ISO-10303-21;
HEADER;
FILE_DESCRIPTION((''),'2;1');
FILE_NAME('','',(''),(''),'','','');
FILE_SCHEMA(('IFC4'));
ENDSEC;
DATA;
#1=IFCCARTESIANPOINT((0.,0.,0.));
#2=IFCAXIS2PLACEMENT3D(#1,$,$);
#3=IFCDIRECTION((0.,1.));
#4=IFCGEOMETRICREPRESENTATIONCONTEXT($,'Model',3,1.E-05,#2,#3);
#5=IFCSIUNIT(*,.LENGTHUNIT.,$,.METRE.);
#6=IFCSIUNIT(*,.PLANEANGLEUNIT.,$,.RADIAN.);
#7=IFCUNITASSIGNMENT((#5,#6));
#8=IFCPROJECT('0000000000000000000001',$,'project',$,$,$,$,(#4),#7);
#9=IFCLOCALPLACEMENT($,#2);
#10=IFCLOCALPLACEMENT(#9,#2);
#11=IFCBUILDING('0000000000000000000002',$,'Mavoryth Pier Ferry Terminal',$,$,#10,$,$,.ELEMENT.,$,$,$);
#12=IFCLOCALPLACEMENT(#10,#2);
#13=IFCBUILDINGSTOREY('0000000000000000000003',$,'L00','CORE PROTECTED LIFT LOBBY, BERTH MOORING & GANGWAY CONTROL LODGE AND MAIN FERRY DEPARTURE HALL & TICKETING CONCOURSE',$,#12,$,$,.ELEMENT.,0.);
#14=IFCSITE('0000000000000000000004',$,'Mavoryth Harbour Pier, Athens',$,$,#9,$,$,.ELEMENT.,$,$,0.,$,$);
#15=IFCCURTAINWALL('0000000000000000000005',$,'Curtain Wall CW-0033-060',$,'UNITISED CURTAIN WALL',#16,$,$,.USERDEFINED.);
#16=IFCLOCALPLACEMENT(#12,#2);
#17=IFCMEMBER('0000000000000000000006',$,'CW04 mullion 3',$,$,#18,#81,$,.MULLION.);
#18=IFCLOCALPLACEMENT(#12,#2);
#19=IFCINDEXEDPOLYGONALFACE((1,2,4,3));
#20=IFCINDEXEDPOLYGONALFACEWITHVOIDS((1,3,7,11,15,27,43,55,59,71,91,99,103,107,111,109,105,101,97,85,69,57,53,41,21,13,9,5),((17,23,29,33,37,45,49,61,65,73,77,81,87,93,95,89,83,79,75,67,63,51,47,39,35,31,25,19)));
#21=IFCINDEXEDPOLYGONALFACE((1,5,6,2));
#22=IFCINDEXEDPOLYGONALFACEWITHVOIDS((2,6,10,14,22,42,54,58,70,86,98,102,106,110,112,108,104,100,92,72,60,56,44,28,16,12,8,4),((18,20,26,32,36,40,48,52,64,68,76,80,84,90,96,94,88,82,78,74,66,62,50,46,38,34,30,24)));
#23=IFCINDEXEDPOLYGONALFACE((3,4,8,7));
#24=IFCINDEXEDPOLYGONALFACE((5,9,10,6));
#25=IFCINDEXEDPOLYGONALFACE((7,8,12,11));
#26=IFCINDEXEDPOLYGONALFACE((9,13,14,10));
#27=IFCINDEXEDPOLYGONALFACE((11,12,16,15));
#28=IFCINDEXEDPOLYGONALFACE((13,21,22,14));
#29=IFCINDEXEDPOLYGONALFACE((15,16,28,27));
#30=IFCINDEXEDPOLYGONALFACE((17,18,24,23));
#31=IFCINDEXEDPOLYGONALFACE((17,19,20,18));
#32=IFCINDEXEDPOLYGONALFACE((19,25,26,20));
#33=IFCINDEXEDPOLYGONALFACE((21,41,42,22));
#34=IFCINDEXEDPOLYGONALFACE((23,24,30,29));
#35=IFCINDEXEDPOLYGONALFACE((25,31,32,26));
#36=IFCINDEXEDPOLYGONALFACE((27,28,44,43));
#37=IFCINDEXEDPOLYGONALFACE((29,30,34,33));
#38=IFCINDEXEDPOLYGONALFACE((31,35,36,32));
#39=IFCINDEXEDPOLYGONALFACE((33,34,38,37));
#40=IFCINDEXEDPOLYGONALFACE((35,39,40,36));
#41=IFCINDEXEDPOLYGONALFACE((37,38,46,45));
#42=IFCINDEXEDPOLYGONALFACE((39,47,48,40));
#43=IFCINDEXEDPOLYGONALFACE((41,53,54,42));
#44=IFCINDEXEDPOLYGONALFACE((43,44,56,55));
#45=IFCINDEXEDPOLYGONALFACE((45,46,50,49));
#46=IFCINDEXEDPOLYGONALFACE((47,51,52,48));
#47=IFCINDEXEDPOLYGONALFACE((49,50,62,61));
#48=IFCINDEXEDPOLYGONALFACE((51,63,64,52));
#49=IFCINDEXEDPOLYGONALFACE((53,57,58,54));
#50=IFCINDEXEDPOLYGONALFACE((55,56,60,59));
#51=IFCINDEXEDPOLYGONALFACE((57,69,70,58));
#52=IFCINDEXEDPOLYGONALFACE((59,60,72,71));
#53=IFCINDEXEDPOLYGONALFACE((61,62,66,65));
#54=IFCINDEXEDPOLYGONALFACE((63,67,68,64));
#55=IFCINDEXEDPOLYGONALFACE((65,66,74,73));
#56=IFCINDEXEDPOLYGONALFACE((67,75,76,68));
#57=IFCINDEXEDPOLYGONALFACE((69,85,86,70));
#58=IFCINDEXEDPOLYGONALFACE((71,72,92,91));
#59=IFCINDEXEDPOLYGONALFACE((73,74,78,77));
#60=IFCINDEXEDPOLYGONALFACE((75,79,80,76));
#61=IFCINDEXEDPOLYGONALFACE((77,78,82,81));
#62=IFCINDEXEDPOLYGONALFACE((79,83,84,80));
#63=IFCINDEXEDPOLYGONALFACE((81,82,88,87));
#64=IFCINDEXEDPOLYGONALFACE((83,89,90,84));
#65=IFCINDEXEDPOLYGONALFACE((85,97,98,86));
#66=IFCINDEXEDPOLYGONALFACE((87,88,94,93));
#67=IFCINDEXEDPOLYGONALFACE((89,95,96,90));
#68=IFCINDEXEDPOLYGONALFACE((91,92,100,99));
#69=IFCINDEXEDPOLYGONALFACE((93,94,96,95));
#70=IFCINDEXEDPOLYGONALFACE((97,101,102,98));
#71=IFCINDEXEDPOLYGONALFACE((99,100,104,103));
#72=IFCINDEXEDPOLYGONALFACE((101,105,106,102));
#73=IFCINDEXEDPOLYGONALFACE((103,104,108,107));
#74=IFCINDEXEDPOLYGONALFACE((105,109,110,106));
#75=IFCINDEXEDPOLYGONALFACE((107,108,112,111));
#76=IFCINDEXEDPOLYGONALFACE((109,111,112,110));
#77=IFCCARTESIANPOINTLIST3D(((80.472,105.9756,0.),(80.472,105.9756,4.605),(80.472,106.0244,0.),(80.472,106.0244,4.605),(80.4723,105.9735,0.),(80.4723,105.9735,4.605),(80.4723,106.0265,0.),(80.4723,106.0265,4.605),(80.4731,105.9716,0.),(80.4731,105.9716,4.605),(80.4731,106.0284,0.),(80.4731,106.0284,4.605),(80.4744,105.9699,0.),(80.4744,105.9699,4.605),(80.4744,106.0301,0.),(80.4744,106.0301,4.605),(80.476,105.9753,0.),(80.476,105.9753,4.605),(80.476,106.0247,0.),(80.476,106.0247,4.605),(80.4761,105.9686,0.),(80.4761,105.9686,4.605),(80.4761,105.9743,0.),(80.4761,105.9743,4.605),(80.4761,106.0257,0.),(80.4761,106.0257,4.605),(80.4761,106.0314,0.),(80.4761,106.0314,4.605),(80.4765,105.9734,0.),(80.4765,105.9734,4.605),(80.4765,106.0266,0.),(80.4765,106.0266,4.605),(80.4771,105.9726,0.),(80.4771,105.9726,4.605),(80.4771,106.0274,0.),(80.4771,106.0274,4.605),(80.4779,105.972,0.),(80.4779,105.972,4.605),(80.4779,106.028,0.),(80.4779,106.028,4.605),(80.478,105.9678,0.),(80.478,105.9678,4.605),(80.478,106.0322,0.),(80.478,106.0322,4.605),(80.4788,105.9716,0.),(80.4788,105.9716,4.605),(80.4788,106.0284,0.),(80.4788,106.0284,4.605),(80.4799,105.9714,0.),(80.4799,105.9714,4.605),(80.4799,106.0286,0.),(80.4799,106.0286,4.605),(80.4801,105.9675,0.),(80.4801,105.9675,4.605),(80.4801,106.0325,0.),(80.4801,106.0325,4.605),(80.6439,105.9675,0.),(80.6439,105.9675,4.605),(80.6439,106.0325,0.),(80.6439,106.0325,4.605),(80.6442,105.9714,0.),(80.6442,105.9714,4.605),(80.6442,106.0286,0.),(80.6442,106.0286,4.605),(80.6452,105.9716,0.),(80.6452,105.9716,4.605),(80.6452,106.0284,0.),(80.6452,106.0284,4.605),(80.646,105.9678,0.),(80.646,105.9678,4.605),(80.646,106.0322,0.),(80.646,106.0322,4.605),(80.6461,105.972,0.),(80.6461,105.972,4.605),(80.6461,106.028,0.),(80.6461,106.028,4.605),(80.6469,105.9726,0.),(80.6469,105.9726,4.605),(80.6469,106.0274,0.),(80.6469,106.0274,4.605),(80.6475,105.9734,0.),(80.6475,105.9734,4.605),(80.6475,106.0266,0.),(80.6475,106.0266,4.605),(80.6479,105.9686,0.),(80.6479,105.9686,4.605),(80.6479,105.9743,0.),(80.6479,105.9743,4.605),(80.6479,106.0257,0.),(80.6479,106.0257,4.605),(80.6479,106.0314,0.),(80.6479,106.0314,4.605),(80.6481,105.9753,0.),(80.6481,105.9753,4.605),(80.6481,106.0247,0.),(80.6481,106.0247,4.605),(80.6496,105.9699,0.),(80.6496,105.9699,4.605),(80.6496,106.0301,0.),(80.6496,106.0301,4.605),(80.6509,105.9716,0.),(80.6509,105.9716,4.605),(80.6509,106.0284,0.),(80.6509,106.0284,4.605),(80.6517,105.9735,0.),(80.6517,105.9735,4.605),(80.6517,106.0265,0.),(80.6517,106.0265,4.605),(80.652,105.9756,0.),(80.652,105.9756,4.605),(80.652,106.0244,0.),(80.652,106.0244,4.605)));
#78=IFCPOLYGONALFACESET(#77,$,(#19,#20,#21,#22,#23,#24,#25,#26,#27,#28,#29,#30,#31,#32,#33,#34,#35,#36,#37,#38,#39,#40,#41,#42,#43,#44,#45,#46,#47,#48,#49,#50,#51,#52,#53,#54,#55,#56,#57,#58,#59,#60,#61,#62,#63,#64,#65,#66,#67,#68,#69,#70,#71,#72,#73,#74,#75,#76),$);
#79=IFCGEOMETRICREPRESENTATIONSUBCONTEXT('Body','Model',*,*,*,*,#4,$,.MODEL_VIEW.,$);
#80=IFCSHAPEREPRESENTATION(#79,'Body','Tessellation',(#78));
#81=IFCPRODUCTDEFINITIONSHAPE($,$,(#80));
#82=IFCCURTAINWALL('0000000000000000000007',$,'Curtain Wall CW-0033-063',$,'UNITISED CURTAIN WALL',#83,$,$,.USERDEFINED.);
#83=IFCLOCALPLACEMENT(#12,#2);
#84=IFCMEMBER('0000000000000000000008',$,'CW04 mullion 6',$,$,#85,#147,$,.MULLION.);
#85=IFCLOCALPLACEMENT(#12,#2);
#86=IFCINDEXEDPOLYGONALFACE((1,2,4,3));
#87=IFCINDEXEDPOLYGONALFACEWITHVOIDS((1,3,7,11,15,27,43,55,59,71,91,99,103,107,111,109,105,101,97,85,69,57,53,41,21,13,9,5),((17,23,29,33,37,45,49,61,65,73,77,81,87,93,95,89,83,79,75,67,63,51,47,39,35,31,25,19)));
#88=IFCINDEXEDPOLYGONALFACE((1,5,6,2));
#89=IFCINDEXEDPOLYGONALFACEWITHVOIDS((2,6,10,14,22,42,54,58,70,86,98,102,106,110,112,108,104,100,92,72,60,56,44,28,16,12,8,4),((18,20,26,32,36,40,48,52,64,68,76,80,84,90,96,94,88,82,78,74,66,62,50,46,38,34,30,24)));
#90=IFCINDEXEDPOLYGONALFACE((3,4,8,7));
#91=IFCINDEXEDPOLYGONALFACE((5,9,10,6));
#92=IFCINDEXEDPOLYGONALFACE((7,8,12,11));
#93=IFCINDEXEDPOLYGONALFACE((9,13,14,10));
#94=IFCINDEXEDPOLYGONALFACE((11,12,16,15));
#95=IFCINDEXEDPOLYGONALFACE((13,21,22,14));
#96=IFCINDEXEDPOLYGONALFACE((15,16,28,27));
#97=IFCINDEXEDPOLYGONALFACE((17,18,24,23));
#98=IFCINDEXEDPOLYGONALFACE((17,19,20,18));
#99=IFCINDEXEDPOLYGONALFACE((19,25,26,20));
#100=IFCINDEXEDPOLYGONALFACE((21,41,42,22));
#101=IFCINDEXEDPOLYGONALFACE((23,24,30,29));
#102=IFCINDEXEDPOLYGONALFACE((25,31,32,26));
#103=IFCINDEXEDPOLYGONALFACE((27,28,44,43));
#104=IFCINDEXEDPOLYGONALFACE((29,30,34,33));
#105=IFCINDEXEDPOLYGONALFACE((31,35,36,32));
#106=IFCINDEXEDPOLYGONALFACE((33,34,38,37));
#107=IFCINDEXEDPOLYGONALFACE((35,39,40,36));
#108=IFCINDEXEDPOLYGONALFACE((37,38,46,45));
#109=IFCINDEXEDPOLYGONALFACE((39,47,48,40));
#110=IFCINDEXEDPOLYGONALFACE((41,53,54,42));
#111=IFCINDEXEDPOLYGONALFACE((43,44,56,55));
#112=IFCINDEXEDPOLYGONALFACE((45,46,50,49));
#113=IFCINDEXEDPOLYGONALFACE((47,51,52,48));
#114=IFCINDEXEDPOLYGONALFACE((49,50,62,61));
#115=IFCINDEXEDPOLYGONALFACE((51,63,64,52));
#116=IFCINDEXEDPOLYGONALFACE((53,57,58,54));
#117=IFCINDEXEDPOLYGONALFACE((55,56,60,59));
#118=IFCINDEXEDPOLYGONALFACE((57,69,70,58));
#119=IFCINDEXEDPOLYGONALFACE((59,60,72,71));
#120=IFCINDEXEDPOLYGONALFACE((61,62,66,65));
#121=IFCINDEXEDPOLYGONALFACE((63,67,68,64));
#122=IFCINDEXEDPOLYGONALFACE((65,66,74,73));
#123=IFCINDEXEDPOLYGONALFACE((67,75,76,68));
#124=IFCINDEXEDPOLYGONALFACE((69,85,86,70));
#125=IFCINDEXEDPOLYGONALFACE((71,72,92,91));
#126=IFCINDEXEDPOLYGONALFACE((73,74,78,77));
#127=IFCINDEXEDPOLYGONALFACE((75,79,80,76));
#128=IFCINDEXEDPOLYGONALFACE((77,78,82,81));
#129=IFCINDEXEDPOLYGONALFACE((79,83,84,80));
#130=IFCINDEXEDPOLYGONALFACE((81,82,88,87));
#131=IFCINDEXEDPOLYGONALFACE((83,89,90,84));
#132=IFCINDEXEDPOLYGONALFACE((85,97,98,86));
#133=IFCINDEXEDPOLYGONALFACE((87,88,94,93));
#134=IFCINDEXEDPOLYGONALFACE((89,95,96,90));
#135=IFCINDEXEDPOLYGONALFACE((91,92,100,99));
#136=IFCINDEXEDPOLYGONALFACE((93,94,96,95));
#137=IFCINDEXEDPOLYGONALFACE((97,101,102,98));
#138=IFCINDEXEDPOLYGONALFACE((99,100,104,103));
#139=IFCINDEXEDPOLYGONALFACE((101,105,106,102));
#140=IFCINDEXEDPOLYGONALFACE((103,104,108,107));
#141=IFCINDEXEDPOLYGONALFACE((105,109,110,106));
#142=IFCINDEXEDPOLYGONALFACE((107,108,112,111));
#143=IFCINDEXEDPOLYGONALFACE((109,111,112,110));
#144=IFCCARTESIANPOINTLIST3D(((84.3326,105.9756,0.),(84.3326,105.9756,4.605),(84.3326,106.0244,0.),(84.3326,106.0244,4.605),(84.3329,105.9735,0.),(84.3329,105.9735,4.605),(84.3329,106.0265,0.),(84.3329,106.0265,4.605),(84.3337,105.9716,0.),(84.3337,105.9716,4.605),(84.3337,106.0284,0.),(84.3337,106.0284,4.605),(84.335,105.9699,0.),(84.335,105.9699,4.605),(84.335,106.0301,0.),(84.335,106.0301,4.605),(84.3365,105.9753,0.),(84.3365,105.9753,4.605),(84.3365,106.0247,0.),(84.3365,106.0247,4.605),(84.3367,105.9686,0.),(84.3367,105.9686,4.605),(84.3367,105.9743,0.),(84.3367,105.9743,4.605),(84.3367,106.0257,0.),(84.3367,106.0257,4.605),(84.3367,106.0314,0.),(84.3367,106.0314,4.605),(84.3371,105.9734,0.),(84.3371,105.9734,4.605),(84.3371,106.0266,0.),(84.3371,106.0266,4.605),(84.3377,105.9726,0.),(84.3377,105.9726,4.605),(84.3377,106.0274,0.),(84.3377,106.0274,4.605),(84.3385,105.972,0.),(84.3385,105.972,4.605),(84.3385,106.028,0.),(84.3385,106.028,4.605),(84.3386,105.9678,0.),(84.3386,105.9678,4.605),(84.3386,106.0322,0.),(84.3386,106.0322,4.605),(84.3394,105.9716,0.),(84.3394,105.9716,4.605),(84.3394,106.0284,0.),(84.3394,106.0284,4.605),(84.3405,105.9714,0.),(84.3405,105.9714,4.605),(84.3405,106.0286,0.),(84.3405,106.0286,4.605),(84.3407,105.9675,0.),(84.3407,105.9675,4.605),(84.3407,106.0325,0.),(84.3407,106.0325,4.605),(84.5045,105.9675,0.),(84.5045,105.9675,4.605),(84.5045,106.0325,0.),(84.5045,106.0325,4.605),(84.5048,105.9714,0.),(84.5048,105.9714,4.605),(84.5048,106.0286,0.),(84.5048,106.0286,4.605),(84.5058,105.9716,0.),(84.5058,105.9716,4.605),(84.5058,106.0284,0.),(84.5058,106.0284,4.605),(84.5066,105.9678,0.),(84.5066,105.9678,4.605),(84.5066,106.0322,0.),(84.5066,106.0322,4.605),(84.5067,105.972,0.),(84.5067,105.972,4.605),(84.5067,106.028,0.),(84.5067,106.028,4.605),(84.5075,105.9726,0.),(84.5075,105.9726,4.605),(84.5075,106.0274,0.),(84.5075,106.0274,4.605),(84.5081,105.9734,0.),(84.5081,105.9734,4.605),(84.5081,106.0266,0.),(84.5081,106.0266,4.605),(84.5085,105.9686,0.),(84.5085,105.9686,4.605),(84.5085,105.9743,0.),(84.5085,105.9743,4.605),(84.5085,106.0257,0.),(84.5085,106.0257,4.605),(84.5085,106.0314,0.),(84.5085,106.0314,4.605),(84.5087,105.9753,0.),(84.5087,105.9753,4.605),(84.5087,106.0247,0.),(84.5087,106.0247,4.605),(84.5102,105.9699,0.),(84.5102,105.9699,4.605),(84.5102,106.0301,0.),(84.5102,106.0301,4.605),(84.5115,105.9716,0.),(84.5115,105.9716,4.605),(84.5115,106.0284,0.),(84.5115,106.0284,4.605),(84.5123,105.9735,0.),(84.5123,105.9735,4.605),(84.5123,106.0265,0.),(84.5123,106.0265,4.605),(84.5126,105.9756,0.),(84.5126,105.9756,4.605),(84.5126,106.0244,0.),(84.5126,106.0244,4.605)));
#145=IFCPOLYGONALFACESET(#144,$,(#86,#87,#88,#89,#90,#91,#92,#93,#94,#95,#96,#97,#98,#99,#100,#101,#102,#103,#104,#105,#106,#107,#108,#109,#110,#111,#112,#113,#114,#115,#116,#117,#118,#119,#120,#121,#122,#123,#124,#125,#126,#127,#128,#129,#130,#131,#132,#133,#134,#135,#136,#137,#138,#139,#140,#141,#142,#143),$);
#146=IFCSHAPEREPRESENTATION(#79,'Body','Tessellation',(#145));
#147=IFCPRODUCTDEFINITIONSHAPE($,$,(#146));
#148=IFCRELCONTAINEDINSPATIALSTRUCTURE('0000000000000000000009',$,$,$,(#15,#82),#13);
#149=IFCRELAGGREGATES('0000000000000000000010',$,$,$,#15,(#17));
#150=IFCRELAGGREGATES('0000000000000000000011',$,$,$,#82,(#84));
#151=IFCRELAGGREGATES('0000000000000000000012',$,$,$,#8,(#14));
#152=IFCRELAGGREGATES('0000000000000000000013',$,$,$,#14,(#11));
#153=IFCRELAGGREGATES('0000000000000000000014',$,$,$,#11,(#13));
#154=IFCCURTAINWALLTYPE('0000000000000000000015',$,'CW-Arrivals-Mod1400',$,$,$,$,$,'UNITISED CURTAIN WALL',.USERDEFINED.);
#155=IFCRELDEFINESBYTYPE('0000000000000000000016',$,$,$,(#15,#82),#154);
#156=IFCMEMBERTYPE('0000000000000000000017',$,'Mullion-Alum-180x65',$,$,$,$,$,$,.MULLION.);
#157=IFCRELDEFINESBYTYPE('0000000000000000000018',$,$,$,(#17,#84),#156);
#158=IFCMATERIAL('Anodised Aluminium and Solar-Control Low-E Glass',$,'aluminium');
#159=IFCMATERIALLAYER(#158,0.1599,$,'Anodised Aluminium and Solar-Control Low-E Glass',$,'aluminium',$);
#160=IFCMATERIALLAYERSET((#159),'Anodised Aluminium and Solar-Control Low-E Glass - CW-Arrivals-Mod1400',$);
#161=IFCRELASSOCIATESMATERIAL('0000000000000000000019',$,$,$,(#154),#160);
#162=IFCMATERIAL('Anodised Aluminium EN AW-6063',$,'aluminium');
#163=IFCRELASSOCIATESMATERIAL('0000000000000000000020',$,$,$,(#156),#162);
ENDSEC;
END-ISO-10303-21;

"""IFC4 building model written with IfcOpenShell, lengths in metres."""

from ifc_helpers import new_model, si_unit, direction, frame, origin, origin_2d, place, context, subcontext, project, spatial, hollow_rectangle, extrude, material, layer, layer_set, material_profile, profile_set, type_object, element, aggregate, save


model = new_model("IFC4")

# Units and contexts
model_context = context("Model", 3, precision=1e-05, world=origin(), true_north=direction((0.0, 1.0)))
body_context = subcontext(model_context, "Body", "Model", "MODEL_VIEW")
ifc_project = project(units=[si_unit("LENGTHUNIT", "METRE"), si_unit("PLANEANGLEUNIT", "RADIAN")], contexts=[model_context])

# Site, building, storey
site_placement = place(None, origin())
site = spatial("IfcSite", under=ifc_project, at=site_placement, Name="Mavoryth Harbour Pier, Athens", CompositionType="ELEMENT", RefElevation=0.0)
building_placement = place(site_placement, origin())
building = spatial("IfcBuilding", under=site, at=building_placement, Name="Mavoryth Pier Ferry Terminal", CompositionType="ELEMENT")
storey_placement = place(building_placement, origin())
storey = spatial("IfcBuildingStorey", under=building, at=storey_placement, Name="L00", Description="CORE PROTECTED LIFT LOBBY, BERTH MOORING & GANGWAY CONTROL LODGE AND MAIN FERRY DEPARTURE HALL & TICKETING CONCOURSE", CompositionType="ELEMENT", Elevation=0.0)

# Curtain wall, member
ifc_material_1 = material(Name="Anodised Aluminium and Solar-Control Low-E Glass", Category="aluminium")
ifc_layer_1 = layer(ifc_material_1, 0.1599, Name="Anodised Aluminium and Solar-Control Low-E Glass", Category="aluminium")
ifc_layer_set_1 = layer_set([ifc_layer_1], Name="Anodised Aluminium and Solar-Control Low-E Glass - CW-Arrivals-Mod1400")
curtain_wall_type = type_object("IfcCurtainWallType", Name="CW-Arrivals-Mod1400", ElementType="UNITISED CURTAIN WALL", PredefinedType="USERDEFINED", material=ifc_layer_set_1)
curtain_wall_1_placement = place(storey_placement, origin())
curtain_wall_1 = element("IfcCurtainWall", 1, at=curtain_wall_1_placement, inside=storey, type_object=curtain_wall_type, Name="Curtain Wall CW-0033-060", ObjectType="UNITISED CURTAIN WALL", PredefinedType="USERDEFINED")
ifc_material_2 = material(Name="Anodised Aluminium EN AW-6063", Category="aluminium")
ifc_material_profile_1 = material_profile(ifc_material_2, hollow_rectangle(XDim=0.0649, YDim=0.1799, WallThickness=0.0039, InnerFilletRadius=0.0039, OuterFilletRadius=0.0081, at=origin_2d()), Name="AL-MULL 180x65x4", Category="aluminium")
ifc_profile_set_1 = profile_set([ifc_material_profile_1], Name="Anodised Aluminium EN AW-6063 - AL-MULL 180x65x4")
member_type_1 = type_object("IfcMemberType", Name="Mullion-Alum-180x65", PredefinedType="MULLION", material=ifc_profile_set_1)
member_1_placement = place(storey_placement, frame((80.562, 106.0, 0.0), z_axis=(0.0, 0.0, 1.0), x_axis=(0.0, -1.0, 0.0)))
member_1 = element("IfcMember", 2, at=member_1_placement, type_object=member_type_1, Name="CW04 mullion 3", PredefinedType="MULLION", context=body_context, shape_type="SweptSolid", body=[
    extrude(hollow_rectangle(XDim=0.0649, YDim=0.1799, WallThickness=0.0039, InnerFilletRadius=0.0039, OuterFilletRadius=0.0081, at=origin_2d()), origin(), (0.0, 0.0, 1.0), 4.605),
])

# Curtain wall, member
curtain_wall_2_placement = place(storey_placement, origin())
curtain_wall_2 = element("IfcCurtainWall", 3, at=curtain_wall_2_placement, inside=storey, type_object=curtain_wall_type, Name="Curtain Wall CW-0033-063", ObjectType="UNITISED CURTAIN WALL", PredefinedType="USERDEFINED")
member_2_placement = place(storey_placement, frame((84.4226, 106.0, 0.0), z_axis=(0.0, 0.0, 1.0), x_axis=(0.0, -1.0, 0.0)))
member_2 = element("IfcMember", 4, at=member_2_placement, type_object=member_type_1, Name="CW04 mullion 6", PredefinedType="MULLION", context=body_context, shape_type="SweptSolid", body=[
    extrude(hollow_rectangle(XDim=0.0649, YDim=0.1799, WallThickness=0.0039, InnerFilletRadius=0.0039, OuterFilletRadius=0.0081, at=origin_2d()), origin(), (0.0, 0.0, 1.0), 4.605),
])

aggregate(curtain_wall_1, [member_1])
aggregate(curtain_wall_2, [member_2])

save(model, "model.ifc")
